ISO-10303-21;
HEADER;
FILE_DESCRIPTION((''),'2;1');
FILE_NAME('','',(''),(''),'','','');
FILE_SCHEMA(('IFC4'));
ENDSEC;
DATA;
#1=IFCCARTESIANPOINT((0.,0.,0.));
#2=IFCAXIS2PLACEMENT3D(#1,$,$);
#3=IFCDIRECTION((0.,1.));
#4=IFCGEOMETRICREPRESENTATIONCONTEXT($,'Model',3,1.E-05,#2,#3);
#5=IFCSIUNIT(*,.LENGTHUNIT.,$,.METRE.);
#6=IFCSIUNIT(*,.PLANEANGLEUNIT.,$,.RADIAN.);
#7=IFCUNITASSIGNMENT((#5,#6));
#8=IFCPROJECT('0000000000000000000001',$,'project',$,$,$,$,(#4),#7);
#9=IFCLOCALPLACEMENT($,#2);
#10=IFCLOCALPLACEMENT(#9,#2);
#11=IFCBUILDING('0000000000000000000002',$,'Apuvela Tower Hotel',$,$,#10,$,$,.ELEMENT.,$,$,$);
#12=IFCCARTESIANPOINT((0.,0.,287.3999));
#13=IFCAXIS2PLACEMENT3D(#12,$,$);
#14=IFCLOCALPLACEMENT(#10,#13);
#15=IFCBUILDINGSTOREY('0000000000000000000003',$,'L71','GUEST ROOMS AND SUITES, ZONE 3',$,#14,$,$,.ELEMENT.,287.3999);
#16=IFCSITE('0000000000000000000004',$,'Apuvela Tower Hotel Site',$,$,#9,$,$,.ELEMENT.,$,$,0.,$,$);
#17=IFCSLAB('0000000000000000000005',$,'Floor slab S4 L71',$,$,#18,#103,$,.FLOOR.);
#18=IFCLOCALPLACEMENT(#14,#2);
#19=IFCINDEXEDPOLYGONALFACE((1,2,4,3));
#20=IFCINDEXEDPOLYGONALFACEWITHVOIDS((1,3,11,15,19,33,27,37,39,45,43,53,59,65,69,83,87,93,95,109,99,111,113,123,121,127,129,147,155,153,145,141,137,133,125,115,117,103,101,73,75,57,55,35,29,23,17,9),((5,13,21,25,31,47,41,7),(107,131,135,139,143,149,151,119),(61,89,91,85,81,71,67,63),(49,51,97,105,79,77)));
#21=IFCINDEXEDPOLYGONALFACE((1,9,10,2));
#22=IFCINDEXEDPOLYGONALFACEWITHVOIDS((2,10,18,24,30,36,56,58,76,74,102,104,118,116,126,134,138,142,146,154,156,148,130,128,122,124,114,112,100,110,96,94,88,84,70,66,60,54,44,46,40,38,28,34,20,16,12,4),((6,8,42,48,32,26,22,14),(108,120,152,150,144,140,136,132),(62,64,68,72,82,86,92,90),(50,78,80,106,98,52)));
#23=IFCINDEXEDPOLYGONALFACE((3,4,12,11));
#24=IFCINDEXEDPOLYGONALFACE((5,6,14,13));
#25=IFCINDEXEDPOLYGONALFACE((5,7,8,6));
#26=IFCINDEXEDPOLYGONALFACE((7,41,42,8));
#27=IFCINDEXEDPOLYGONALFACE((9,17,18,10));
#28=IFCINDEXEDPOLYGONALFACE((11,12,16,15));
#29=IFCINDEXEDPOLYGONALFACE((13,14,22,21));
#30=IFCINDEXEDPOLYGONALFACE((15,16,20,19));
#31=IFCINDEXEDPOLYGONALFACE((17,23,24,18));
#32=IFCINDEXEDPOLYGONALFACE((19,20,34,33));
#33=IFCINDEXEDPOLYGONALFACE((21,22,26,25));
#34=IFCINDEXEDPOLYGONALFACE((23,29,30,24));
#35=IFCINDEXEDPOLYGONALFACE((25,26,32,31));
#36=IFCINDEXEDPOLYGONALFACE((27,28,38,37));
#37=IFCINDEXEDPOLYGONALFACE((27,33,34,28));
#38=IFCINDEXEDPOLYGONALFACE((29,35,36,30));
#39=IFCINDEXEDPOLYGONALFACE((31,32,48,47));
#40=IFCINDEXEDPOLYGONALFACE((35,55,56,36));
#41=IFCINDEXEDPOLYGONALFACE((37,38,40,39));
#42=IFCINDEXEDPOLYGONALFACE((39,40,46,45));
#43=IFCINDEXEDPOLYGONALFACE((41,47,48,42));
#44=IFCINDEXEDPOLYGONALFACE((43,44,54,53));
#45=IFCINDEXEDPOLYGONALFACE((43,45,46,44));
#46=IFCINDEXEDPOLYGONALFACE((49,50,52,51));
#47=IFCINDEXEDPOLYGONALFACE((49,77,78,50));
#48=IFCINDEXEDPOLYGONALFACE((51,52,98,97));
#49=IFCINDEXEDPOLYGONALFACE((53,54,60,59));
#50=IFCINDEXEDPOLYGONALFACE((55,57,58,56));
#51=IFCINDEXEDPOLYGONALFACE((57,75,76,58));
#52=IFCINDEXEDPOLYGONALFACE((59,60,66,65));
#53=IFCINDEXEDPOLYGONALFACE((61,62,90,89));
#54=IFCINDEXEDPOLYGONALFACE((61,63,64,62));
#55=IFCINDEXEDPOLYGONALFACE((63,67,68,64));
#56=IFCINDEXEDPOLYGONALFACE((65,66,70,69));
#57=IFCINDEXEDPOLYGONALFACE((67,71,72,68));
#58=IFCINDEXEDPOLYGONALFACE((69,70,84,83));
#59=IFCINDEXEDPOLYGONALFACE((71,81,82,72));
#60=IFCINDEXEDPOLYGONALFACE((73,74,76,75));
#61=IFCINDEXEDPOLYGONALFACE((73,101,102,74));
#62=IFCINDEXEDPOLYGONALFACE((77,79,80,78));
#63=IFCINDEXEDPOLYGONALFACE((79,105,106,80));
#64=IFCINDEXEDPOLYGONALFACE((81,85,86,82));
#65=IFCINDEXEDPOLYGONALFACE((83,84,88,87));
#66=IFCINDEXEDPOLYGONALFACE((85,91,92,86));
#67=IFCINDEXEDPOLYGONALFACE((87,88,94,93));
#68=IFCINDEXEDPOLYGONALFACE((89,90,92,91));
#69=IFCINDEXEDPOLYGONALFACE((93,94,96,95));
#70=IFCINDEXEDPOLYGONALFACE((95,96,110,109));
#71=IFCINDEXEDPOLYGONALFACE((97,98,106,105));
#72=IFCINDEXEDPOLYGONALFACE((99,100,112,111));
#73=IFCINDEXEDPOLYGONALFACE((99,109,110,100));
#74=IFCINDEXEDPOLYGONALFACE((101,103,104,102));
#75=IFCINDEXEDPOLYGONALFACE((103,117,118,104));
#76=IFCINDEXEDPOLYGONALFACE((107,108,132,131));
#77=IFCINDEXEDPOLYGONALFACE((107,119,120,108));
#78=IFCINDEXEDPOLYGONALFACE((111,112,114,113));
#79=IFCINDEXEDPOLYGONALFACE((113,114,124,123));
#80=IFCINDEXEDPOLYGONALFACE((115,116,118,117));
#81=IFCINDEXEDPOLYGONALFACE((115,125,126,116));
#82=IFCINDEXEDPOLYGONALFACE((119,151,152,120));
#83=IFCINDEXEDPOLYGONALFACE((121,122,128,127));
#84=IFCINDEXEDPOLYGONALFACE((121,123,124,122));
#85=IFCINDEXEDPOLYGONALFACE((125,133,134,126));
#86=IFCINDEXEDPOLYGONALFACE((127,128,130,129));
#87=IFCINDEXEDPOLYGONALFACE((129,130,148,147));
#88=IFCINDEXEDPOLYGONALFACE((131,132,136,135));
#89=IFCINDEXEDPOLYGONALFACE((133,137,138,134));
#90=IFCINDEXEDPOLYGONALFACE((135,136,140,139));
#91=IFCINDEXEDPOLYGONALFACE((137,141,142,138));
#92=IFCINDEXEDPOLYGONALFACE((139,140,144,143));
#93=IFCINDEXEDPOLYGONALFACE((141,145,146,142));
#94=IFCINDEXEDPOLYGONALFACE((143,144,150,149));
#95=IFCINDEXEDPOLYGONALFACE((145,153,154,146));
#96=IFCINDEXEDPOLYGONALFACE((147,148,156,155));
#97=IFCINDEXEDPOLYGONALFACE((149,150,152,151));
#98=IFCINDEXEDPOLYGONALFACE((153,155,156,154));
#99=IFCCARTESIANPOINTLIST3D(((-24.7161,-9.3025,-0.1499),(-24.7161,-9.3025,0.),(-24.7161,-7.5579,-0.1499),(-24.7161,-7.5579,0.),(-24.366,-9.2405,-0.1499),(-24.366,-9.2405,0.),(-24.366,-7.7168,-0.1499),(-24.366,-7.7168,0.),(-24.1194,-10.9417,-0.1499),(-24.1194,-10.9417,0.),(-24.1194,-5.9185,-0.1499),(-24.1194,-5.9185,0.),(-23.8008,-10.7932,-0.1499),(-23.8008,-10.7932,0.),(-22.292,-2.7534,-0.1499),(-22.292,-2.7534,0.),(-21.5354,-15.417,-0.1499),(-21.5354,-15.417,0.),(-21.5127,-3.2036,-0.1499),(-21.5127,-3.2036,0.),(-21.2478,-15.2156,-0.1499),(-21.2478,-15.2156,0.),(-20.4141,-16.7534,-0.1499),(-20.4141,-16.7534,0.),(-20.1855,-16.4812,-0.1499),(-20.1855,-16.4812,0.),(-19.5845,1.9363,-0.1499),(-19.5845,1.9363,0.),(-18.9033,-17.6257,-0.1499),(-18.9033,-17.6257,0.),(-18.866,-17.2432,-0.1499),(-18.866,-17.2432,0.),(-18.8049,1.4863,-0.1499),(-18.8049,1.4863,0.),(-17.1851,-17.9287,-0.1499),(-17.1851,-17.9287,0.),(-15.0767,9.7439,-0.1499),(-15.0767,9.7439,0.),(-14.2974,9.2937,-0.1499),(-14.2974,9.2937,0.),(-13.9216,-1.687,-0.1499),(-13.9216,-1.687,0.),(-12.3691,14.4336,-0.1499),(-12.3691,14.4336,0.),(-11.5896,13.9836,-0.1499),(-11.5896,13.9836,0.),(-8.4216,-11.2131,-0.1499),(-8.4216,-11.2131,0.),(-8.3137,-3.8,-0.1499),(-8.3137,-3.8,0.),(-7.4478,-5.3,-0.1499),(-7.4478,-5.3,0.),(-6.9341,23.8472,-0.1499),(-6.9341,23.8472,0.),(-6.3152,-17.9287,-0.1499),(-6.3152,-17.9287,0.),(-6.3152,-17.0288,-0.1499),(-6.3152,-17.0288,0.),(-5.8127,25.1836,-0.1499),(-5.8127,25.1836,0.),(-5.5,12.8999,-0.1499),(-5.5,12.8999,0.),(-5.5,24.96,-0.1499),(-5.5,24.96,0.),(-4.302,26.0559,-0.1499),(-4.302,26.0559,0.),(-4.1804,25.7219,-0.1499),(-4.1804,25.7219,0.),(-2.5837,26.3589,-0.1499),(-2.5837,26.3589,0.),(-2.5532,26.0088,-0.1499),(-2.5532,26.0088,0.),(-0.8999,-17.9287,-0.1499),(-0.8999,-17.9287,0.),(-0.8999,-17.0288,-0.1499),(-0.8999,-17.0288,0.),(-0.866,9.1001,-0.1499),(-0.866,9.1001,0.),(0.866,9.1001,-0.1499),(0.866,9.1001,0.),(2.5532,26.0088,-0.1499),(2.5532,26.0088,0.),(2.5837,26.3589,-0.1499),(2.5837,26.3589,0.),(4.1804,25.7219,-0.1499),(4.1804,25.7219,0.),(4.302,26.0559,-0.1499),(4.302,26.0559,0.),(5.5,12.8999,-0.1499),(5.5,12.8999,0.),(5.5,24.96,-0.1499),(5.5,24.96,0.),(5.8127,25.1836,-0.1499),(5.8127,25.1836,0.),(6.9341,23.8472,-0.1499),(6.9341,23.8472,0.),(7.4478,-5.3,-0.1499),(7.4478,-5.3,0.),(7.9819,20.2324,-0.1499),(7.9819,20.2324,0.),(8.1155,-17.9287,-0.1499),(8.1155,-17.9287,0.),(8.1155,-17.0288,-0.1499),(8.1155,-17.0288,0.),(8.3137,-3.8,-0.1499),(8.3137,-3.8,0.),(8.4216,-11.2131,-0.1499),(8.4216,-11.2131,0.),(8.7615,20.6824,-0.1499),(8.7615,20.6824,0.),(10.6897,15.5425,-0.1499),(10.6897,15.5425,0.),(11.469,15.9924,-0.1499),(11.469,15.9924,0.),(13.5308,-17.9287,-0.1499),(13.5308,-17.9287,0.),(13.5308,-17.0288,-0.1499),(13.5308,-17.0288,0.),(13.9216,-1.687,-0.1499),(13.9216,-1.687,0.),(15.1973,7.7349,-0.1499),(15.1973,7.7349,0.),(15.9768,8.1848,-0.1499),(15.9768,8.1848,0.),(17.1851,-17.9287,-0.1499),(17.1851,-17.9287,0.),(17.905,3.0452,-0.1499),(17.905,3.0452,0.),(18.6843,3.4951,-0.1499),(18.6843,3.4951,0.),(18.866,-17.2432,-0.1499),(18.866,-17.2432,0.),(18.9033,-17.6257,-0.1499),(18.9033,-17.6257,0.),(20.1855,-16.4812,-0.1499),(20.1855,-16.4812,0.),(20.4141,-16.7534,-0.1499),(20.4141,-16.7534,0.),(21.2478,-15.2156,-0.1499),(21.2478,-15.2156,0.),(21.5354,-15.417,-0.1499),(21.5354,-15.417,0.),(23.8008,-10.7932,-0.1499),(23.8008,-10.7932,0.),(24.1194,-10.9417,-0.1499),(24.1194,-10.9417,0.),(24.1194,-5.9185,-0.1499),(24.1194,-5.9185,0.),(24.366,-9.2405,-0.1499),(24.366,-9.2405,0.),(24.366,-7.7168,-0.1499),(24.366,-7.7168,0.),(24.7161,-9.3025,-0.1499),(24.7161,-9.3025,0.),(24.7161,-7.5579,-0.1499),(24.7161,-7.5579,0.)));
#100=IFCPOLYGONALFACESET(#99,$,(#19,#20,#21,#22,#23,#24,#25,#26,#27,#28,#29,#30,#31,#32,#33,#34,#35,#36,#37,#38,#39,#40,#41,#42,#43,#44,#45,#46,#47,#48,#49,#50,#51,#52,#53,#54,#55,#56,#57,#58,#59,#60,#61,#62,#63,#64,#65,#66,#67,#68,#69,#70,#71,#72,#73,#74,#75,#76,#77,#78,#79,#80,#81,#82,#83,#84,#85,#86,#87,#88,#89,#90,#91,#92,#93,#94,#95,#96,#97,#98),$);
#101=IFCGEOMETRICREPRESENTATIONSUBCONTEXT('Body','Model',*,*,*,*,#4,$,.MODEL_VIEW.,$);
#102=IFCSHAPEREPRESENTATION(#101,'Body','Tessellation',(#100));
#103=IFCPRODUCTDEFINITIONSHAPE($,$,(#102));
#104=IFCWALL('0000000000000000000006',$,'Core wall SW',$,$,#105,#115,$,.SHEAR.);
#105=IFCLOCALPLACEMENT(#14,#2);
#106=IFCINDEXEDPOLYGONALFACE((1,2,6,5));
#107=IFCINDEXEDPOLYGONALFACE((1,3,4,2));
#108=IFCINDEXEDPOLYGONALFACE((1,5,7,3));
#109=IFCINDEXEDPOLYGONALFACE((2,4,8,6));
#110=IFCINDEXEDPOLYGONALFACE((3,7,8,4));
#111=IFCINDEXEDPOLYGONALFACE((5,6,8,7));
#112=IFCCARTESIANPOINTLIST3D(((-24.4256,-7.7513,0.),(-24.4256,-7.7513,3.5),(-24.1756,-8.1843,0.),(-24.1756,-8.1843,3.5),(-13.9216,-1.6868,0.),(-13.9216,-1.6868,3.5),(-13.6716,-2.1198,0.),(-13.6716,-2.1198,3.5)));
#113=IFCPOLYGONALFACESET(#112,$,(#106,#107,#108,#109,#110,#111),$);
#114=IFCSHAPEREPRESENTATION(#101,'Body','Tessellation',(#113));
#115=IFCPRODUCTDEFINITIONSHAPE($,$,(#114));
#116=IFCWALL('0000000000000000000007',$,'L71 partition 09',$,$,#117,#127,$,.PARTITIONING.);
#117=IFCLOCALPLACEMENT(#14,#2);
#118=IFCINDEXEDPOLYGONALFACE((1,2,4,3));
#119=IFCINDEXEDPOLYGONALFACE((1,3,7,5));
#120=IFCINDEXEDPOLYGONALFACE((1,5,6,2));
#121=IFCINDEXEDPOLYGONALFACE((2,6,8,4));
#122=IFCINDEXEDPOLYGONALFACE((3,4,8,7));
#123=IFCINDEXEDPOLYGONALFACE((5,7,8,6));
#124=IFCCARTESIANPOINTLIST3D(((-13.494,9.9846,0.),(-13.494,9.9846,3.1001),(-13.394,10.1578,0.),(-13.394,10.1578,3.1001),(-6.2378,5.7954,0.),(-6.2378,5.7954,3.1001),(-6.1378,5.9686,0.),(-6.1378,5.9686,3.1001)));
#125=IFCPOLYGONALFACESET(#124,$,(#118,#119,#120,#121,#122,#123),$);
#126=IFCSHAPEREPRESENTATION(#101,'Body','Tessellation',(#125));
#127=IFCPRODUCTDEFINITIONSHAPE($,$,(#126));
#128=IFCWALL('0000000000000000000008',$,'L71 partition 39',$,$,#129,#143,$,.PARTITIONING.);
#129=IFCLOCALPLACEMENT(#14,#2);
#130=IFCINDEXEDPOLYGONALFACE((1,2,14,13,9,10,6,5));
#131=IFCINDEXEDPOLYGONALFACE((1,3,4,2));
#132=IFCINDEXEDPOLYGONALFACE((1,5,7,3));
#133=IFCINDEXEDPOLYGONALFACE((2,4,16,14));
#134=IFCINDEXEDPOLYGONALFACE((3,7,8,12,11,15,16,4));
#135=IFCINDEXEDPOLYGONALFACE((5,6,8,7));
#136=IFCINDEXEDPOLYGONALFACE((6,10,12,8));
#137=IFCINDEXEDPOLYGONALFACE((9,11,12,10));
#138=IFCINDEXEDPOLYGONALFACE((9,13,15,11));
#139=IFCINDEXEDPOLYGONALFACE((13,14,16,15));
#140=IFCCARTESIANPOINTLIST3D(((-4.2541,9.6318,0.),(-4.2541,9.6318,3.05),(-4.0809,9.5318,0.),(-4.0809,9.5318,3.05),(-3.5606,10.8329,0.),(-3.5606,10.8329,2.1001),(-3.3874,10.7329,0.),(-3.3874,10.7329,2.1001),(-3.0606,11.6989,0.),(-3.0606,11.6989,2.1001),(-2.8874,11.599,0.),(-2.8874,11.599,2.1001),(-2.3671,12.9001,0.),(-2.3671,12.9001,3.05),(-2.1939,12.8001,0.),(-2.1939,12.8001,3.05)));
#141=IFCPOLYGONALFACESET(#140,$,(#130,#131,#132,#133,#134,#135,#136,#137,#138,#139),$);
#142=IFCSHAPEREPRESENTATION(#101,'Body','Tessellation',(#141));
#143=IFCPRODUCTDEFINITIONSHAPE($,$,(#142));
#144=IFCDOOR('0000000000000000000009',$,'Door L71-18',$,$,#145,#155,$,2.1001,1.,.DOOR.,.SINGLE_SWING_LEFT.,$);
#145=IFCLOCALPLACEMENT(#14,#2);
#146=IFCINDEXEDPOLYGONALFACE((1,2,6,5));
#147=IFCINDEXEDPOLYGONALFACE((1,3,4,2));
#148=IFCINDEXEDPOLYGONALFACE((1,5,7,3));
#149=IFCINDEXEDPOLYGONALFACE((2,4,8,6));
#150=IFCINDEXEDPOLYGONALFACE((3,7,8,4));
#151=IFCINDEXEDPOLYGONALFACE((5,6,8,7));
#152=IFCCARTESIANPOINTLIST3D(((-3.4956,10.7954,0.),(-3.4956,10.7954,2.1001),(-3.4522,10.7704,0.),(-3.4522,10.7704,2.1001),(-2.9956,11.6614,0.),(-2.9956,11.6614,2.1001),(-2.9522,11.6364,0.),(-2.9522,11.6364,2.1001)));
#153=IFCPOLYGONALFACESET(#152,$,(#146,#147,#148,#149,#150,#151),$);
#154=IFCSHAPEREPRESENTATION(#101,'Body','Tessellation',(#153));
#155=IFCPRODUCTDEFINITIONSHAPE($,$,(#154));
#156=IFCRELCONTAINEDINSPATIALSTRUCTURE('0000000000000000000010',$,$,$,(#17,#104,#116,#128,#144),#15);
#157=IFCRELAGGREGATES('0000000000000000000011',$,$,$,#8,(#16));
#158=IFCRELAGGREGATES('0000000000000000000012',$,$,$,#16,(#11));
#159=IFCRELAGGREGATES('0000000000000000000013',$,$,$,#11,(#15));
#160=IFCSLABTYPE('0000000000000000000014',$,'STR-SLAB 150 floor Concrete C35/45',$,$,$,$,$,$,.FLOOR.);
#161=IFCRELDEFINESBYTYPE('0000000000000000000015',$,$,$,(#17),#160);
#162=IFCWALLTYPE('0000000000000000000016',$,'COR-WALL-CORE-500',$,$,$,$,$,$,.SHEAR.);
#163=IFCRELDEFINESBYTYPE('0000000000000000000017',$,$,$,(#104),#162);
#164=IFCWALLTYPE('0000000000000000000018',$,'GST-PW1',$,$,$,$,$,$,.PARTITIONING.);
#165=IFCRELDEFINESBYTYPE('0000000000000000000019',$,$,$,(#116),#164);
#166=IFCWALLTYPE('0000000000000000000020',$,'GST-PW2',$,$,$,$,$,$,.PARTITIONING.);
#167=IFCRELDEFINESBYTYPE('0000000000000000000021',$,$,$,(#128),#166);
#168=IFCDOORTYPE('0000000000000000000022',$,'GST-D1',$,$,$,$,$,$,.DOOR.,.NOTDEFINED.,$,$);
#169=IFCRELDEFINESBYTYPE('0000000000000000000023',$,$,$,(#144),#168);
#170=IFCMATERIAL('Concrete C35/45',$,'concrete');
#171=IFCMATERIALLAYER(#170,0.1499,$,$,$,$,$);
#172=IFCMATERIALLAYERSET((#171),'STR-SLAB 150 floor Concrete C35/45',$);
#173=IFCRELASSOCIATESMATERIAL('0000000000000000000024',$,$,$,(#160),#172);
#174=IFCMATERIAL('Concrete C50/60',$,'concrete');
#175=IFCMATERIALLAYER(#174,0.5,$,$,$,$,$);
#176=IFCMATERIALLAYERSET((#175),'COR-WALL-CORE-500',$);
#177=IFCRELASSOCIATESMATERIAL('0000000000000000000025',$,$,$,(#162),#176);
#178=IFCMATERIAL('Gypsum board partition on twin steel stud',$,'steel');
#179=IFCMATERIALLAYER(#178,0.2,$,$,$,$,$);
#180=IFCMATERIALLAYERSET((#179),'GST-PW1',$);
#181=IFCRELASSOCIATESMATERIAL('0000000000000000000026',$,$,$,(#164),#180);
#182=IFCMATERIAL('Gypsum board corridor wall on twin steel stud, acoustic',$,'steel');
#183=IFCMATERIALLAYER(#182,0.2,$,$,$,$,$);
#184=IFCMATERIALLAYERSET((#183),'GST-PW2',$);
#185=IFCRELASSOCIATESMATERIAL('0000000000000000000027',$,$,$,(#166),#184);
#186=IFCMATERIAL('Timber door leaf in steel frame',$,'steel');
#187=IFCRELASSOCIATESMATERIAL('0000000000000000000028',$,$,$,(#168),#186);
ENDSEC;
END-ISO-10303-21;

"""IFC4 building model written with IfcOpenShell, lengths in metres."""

from ifc_helpers import new_model, si_unit, direction, frame, frame_2d, origin, place, context, subcontext, project, spatial, polyline, rectangle, outline, extrude, material, layer, layer_set, type_object, element, fill, save


model = new_model("IFC4")

# Units and contexts
model_context = context("Model", 3, precision=1e-05, world=origin(), true_north=direction((0.0, 1.0)))
body_context = subcontext(model_context, "Body", "Model", "MODEL_VIEW")
ifc_project = project(units=[si_unit("LENGTHUNIT", "METRE"), si_unit("PLANEANGLEUNIT", "RADIAN")], contexts=[model_context])

# Site, building, storey
site_placement = place(None, origin())
site = spatial("IfcSite", under=ifc_project, at=site_placement, Name="Apuvela Tower Hotel Site", CompositionType="ELEMENT", RefElevation=0.0)
building_placement = place(site_placement, origin())
building = spatial("IfcBuilding", under=site, at=building_placement, Name="Apuvela Tower Hotel", CompositionType="ELEMENT")
storey_placement = place(building_placement, frame((0.0, 0.0, 287.3999)))
storey = spatial("IfcBuildingStorey", under=building, at=storey_placement, Name="L71", Description="GUEST ROOMS AND SUITES, ZONE 3", CompositionType="ELEMENT", Elevation=287.3999)

# Slab
ifc_material_1 = material(Name="Concrete C35/45", Category="concrete")
ifc_layer_1 = layer(ifc_material_1, 0.1499)
ifc_layer_set_1 = layer_set([ifc_layer_1], Name="STR-SLAB 150 floor Concrete C35/45")
slab_type_1 = type_object("IfcSlabType", Name="STR-SLAB 150 floor Concrete C35/45", PredefinedType="FLOOR", material=ifc_layer_set_1)
slab_1_placement = place(storey_placement, frame((0.0, 0.0, -0.1499)))
element("IfcSlab", 1, at=slab_1_placement, inside=storey, type_object=slab_type_1, Name="Floor slab S4 L71", PredefinedType="FLOOR", context=body_context, shape_type="SweptSolid", body=[
    extrude(outline(polyline([(-5.8127, 25.1836), (-4.302, 26.0559), (-2.5837, 26.3589), (2.5837, 26.3589), (4.302, 26.0559), (5.8127, 25.1836), (6.9341, 23.8472), (8.7615, 20.6824), (7.9819, 20.2324), (10.6897, 15.5425), (11.469, 15.9924), (15.9768, 8.1848), (15.1973, 7.7349), (17.905, 3.0452), (18.6843, 3.4951), (24.1194, -5.9185), (24.7161, -7.5579), (24.7161, -9.3025), (24.1194, -10.9417), (21.5354, -15.417), (20.4141, -16.7534), (18.9033, -17.6257), (17.1851, -17.9287), (13.5308, -17.9287), (13.5308, -17.0288), (8.1155, -17.0288), (8.1155, -17.9287), (-0.8999, -17.9287), (-0.8999, -17.0288), (-6.3152, -17.0288), (-6.3152, -17.9287), (-17.1851, -17.9287), (-18.9033, -17.6257), (-20.4141, -16.7534), (-21.5354, -15.417), (-24.1194, -10.9417), (-24.7161, -9.3025), (-24.7161, -7.5579), (-24.1194, -5.9185), (-22.292, -2.7534), (-21.5127, -3.2036), (-18.8049, 1.4863), (-19.5845, 1.9363), (-15.0767, 9.7439), (-14.2974, 9.2937), (-11.5896, 13.9836), (-12.3691, 14.4336), (-6.9341, 23.8472), (-5.8127, 25.1836)]), holes=[polyline([(0.866, 9.1001), (-0.866, 9.1001), (-8.3137, -3.8), (-7.4478, -5.3), (7.4478, -5.3), (8.3137, -3.8), (0.866, 9.1001)]), polyline([(-5.5, 12.8999), (-5.5, 24.96), (-4.1804, 25.7219), (-2.5532, 26.0088), (2.5532, 26.0088), (4.1804, 25.7219), (5.5, 24.96), (5.5, 12.8999), (-5.5, 12.8999)]), polyline([(-8.4216, -11.2131), (-18.866, -17.2432), (-20.1855, -16.4812), (-21.2478, -15.2156), (-23.8008, -10.7932), (-24.366, -9.2405), (-24.366, -7.7168), (-13.9216, -1.687), (-8.4216, -11.2131)]), polyline([(13.9216, -1.687), (24.366, -7.7168), (24.366, -9.2405), (23.8008, -10.7932), (21.2478, -15.2156), (20.1855, -16.4812), (18.866, -17.2432), (8.4216, -11.2131), (13.9216, -1.687)])]), origin(), (0.0, 0.0, 1.0), 0.1499),
])

# Walls
ifc_material_2 = material(Name="Concrete C50/60", Category="concrete")
ifc_layer_2 = layer(ifc_material_2, 0.5)
ifc_layer_set_2 = layer_set([ifc_layer_2], Name="COR-WALL-CORE-500")
wall_type_1 = type_object("IfcWallType", Name="COR-WALL-CORE-500", PredefinedType="SHEAR", material=ifc_layer_set_2)
wall_1_placement = place(storey_placement, frame((-13.7966, -1.9033, 0.0), z_axis=(0.0, 0.0, 1.0), x_axis=(-0.866025, -0.500001, 0.0)))
element("IfcWall", 2, at=wall_1_placement, inside=storey, type_object=wall_type_1, Name="Core wall SW", PredefinedType="SHEAR", context=body_context, shape_type="SweptSolid", body=[
    extrude(rectangle(XDim=12.1289, YDim=0.5, at=frame_2d((6.0645, 0.0))), origin(), (0.0, 0.0, 1.0), 3.5),
])
ifc_material_3 = material(Name="Gypsum board partition on twin steel stud", Category="steel")
ifc_layer_3 = layer(ifc_material_3, 0.2)
ifc_layer_set_3 = layer_set([ifc_layer_3], Name="GST-PW1")
wall_type_2 = type_object("IfcWallType", Name="GST-PW1", PredefinedType="PARTITIONING", material=ifc_layer_set_3)
wall_2_placement = place(storey_placement, frame((-13.4441, 10.0713, 0.0), z_axis=(0.0, 0.0, 1.0), x_axis=(0.866031, -0.499991, 0.0)))
element("IfcWall", 3, at=wall_2_placement, inside=storey, type_object=wall_type_2, Name="L71 partition 09", PredefinedType="PARTITIONING", context=body_context, shape_type="SweptSolid", body=[
    extrude(rectangle(XDim=8.3787, YDim=0.2, at=frame_2d((4.1895, 0.0))), origin(), (0.0, 0.0, 1.0), 3.1001),
])

# Wall, opening, door
ifc_material_4 = material(Name="Gypsum board corridor wall on twin steel stud, acoustic", Category="steel")
ifc_layer_4 = layer(ifc_material_4, 0.2)
ifc_layer_set_4 = layer_set([ifc_layer_4], Name="GST-PW2")
wall_type_3 = type_object("IfcWallType", Name="GST-PW2", PredefinedType="PARTITIONING", material=ifc_layer_set_4)
wall_3_placement = place(storey_placement, frame((-4.1675, 9.5818, 0.0), z_axis=(0.0, 0.0, 1.0), x_axis=(0.500001, 0.866025, 0.0)))
wall_3 = element("IfcWall", 4, at=wall_3_placement, inside=storey, type_object=wall_type_3, Name="L71 partition 39", PredefinedType="PARTITIONING", context=body_context, shape_type="SweptSolid", body=[
    extrude(rectangle(XDim=3.7739, YDim=0.2, at=frame_2d((1.887, 0.0))), origin(), (0.0, 0.0, 1.0), 3.05),
])
opening_1_placement = place(wall_3_placement, frame((1.387, 0.0, 0.0)))
opening_1 = element("IfcOpeningElement", 5, at=opening_1_placement, cuts=wall_3, PredefinedType="OPENING", context=body_context, shape_type="SweptSolid", body=[
    extrude(rectangle(XDim=1.0, YDim=2.1001, at=frame_2d((0.5, 1.05))), frame((0.0, 0.1099, 0.0), z_axis=(0.0, -1.0, 0.0), x_axis=(1.0, 0.0, 0.0)), (0.0, 0.0, 1.0), 0.22),
])
ifc_material_5 = material(Name="Timber door leaf in steel frame", Category="steel")
door_type_1 = type_object("IfcDoorType", Name="GST-D1", OperationType="NOTDEFINED", PredefinedType="DOOR", material=ifc_material_5)
door_1_placement = place(opening_1_placement, origin())
door_1 = element("IfcDoor", 6, at=door_1_placement, inside=storey, type_object=door_type_1, Name="Door L71-18", OperationType="SINGLE_SWING_LEFT", OverallHeight=2.1001, OverallWidth=1.0, PredefinedType="DOOR", context=body_context, shape_type="SweptSolid", body=[
    extrude(rectangle(XDim=1.0, YDim=2.1001, at=frame_2d((0.5, 1.05))), frame((0.0, 0.0249, 0.0), z_axis=(0.0, -1.0, 0.0), x_axis=(1.0, 0.0, 0.0)), (0.0, 0.0, 1.0), 0.05),
])
fill(opening_1, door_1)

save(model, "model.ifc")
